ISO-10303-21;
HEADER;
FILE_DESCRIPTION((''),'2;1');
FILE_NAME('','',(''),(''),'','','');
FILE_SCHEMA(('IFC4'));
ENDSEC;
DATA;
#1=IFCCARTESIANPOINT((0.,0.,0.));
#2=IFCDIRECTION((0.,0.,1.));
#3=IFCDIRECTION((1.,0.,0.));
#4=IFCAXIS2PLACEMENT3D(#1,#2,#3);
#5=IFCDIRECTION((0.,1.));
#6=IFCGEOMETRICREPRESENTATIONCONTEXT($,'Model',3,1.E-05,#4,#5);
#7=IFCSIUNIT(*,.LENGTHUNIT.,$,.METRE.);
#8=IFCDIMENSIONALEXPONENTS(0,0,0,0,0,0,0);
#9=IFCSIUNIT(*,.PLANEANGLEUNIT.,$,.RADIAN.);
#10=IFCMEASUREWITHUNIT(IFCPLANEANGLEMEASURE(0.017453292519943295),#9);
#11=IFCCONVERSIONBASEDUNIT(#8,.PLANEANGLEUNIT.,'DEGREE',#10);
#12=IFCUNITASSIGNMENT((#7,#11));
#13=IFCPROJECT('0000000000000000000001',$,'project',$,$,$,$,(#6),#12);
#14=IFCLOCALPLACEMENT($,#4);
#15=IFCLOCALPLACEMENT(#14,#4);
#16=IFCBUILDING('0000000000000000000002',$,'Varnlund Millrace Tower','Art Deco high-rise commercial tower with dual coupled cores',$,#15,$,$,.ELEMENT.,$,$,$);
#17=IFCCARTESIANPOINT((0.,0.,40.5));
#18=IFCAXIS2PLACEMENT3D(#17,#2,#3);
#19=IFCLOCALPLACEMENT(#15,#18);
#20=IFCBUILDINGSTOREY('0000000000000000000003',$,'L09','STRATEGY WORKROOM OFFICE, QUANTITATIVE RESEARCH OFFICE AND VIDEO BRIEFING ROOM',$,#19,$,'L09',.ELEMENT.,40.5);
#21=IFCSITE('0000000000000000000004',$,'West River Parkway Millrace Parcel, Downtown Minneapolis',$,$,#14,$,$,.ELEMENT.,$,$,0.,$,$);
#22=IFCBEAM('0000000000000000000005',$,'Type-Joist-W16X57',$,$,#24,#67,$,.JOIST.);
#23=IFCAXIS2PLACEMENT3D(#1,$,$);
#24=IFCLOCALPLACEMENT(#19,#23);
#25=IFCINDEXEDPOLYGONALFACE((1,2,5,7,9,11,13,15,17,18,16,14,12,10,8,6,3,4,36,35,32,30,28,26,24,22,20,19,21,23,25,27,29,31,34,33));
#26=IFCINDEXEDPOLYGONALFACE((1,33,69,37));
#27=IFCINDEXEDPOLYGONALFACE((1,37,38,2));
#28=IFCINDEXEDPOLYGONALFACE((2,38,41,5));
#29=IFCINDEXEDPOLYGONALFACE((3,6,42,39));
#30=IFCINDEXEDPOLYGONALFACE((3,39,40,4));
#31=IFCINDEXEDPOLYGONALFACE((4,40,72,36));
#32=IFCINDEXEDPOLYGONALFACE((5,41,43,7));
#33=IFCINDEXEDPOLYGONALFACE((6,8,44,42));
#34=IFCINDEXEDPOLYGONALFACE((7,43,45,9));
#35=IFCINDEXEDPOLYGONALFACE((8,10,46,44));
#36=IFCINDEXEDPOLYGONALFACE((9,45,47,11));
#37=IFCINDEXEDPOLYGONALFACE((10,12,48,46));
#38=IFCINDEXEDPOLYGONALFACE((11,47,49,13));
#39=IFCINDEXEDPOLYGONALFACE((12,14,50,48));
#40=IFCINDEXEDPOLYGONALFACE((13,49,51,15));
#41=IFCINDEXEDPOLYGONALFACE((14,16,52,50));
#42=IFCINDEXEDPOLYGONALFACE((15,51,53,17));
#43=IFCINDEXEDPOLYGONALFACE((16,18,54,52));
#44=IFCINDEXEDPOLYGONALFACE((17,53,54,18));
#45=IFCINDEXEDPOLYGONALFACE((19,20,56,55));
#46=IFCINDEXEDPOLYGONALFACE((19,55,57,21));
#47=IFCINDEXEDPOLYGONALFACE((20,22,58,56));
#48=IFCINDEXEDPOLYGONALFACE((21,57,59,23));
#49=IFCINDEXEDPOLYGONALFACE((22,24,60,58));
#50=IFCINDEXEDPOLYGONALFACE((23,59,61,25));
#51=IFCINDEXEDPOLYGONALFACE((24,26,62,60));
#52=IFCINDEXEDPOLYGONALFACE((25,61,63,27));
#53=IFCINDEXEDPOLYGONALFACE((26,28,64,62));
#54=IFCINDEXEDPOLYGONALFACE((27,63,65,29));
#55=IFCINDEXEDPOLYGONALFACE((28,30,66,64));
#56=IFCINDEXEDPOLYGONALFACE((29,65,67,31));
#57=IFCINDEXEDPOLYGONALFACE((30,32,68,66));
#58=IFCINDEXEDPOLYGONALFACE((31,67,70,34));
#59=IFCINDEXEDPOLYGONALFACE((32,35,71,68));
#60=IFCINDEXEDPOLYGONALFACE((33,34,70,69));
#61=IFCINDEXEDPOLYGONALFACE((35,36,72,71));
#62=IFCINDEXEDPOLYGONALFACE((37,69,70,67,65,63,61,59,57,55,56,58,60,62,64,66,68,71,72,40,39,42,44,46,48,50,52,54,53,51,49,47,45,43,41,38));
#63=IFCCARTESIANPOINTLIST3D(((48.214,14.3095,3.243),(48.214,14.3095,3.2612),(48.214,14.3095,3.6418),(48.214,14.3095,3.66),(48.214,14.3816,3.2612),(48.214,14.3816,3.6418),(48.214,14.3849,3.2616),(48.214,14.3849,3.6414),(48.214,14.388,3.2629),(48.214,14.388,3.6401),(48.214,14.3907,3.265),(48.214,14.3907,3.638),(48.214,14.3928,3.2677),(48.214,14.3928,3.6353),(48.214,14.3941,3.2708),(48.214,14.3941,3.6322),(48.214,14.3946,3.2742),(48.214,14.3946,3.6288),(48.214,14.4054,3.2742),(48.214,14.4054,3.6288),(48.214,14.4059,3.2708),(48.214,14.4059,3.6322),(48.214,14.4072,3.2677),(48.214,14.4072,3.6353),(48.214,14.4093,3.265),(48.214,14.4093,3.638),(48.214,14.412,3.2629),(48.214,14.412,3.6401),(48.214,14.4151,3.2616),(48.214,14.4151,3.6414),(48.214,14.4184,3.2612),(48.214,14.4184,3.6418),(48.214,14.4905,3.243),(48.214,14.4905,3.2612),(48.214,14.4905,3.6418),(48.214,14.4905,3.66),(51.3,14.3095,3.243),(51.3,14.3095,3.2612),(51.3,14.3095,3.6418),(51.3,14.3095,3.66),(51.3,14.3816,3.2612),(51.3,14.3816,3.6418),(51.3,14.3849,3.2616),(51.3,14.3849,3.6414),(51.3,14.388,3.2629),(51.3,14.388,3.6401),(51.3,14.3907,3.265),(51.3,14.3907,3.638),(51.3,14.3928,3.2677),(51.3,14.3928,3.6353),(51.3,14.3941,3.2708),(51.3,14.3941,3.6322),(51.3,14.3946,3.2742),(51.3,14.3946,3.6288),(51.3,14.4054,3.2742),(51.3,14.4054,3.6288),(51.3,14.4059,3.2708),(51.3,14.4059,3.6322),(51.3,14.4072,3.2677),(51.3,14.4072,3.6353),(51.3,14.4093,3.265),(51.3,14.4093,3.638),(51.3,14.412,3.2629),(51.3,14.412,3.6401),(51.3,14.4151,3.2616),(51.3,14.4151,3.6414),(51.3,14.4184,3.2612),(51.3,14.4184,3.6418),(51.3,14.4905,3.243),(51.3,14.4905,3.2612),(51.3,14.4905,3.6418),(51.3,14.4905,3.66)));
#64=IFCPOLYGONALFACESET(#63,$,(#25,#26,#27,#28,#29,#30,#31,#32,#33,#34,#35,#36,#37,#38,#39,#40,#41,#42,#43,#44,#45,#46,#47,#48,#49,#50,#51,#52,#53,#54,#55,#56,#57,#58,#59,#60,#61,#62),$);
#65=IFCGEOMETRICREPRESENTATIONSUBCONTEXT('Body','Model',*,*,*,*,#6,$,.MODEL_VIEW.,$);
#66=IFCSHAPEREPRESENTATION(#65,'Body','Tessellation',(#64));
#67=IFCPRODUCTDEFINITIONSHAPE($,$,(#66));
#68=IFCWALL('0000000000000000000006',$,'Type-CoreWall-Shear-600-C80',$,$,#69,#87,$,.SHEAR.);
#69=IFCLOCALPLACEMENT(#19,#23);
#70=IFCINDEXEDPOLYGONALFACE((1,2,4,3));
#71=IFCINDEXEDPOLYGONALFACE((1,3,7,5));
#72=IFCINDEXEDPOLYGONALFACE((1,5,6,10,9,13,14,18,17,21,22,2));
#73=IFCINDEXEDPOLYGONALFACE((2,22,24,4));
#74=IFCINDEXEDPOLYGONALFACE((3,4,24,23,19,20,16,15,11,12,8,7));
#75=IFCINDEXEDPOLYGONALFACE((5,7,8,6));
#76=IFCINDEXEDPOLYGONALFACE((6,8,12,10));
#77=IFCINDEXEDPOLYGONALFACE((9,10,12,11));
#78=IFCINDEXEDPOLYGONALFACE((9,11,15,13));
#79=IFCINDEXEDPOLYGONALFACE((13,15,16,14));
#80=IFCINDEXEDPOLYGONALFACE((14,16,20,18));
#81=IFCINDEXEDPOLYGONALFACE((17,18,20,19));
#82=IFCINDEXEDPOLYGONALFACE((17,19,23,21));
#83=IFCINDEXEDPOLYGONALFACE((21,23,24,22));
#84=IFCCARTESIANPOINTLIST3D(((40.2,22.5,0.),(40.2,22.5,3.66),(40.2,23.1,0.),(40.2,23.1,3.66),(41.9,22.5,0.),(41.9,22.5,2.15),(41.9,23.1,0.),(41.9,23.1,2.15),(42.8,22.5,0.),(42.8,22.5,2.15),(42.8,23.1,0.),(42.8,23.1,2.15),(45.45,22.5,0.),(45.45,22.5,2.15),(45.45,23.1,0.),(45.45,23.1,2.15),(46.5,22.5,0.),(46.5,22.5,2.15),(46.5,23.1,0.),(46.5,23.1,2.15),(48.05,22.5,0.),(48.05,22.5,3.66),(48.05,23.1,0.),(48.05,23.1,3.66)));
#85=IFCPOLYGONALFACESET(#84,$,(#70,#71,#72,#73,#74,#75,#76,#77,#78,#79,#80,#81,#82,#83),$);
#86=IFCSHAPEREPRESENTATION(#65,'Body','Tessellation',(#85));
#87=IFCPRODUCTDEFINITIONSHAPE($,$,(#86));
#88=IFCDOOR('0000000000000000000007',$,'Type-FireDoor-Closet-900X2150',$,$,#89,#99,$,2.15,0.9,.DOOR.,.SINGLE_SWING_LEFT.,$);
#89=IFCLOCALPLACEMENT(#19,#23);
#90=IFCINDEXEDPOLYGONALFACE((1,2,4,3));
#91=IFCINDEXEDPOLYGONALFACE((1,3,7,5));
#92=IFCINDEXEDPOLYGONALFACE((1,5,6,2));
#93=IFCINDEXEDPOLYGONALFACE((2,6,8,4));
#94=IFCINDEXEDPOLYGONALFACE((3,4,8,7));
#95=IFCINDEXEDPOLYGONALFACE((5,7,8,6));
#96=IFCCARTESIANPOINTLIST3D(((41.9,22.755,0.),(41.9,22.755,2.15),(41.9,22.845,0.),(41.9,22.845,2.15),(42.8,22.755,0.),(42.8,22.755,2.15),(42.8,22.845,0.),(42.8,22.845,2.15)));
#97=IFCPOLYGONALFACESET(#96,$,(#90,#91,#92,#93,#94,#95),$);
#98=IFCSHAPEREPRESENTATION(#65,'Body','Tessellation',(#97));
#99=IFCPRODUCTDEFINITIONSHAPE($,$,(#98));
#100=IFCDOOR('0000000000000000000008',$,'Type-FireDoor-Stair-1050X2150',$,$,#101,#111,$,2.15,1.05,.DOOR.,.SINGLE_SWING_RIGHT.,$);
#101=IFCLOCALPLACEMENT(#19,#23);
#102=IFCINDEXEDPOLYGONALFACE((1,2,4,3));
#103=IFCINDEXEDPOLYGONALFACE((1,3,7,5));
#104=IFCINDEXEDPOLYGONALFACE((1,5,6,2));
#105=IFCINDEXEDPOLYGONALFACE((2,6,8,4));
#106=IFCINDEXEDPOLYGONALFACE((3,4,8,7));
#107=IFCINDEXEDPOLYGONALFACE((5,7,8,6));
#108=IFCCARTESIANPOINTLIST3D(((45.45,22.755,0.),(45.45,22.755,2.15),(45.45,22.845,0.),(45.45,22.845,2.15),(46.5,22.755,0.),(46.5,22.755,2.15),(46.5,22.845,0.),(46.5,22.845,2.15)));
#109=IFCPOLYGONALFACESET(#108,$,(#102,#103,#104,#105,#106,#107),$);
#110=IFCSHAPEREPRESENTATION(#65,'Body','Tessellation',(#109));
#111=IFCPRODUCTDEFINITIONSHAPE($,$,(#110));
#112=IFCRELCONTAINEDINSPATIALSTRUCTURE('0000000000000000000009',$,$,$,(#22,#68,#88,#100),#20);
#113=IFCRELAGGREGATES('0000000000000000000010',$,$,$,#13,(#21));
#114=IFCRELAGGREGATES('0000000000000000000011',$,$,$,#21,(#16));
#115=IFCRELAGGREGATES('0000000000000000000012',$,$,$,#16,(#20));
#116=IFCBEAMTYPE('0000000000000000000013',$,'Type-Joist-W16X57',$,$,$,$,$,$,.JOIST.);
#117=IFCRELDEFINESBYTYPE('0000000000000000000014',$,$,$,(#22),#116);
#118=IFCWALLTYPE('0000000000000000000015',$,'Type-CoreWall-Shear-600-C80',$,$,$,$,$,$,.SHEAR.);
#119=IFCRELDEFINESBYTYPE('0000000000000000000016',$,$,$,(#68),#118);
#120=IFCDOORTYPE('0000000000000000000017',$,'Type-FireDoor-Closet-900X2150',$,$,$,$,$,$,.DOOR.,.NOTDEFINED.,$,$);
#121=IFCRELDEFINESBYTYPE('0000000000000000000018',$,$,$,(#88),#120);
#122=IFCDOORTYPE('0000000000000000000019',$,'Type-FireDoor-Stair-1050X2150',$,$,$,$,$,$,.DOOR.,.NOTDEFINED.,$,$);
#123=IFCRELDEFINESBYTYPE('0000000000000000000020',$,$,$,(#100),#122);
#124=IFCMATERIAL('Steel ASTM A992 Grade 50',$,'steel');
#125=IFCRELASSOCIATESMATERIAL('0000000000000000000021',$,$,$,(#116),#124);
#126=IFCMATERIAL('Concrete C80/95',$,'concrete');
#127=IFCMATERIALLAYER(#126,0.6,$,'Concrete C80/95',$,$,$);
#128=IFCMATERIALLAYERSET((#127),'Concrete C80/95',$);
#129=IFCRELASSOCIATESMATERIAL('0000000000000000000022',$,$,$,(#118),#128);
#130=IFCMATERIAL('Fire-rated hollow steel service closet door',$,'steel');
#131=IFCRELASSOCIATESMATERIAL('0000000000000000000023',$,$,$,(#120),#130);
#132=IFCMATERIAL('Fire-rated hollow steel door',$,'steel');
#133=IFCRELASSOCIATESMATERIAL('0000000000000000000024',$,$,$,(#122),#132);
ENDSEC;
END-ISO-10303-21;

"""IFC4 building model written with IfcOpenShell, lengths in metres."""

from ifc_helpers import new_model, entity, si_unit, converted_unit, direction, frame, origin_with_axes, origin_2d_with_axis, place, context, subcontext, project, spatial, polyline, rectangle, i_section, outline, extrude, material, layer, layer_set, material_profile, profile_set, type_object, element, fill, save


model = new_model("IFC4")

# Units and contexts
model_context = context("Model", 3, precision=1e-05, world=origin_with_axes(), true_north=direction((0.0, 1.0)))
body_context = subcontext(model_context, "Body", "Model", "MODEL_VIEW")
ifc_project = project(units=[si_unit("LENGTHUNIT", "METRE"), converted_unit("PLANEANGLEUNIT", "DEGREE", entity("IfcPlaneAngleMeasure", 0.017453292519943295), si_unit("PLANEANGLEUNIT", "RADIAN"), dimensions=[0, 0, 0, 0, 0, 0, 0])], contexts=[model_context])

# Site, building, storey
site_placement = place(None, origin_with_axes())
site = spatial("IfcSite", under=ifc_project, at=site_placement, Name="West River Parkway Millrace Parcel, Downtown Minneapolis", CompositionType="ELEMENT", RefElevation=0.0)
building_placement = place(site_placement, origin_with_axes())
building = spatial("IfcBuilding", under=site, at=building_placement, Name="Varnlund Millrace Tower", Description="Art Deco high-rise commercial tower with dual coupled cores", CompositionType="ELEMENT")
storey_placement = place(building_placement, frame((0.0, 0.0, 40.5), z_axis=(0.0, 0.0, 1.0), x_axis=(1.0, 0.0, 0.0)))
storey = spatial("IfcBuildingStorey", under=building, at=storey_placement, Name="L09", Description="STRATEGY WORKROOM OFFICE, QUANTITATIVE RESEARCH OFFICE AND VIDEO BRIEFING ROOM", LongName="L09", CompositionType="ELEMENT", Elevation=40.5)

# Shared definitions
ifc_material_1 = material(Name="Concrete C80/95", Category="concrete")

# Beam
ifc_material_2 = material(Name="Steel ASTM A992 Grade 50", Category="steel")
ifc_material_profile_1 = material_profile(ifc_material_2, i_section(OverallWidth=0.181, OverallDepth=0.417, WebThickness=0.0109, FlangeThickness=0.0182, FilletRadius=0.013, at=origin_2d_with_axis()), Name="Steel ASTM A992 Grade 50")
ifc_profile_set_1 = profile_set([ifc_material_profile_1], Name="Steel ASTM A992 Grade 50")
beam_type_1 = type_object("IfcBeamType", Name="Type-Joist-W16X57", PredefinedType="JOIST", material=ifc_profile_set_1)
beam_1_placement = place(storey_placement, frame((48.214, 14.4, 3.4515), z_axis=(1.0, 0.0, 0.0), x_axis=(0.0, 1.0, 0.0)))
element("IfcBeam", 1, at=beam_1_placement, inside=storey, type_object=beam_type_1, Name="Type-Joist-W16X57", PredefinedType="JOIST", context=body_context, shape_type="SweptSolid", body=[
    extrude(i_section(OverallWidth=0.181, OverallDepth=0.417, WebThickness=0.0109, FlangeThickness=0.0182, FilletRadius=0.013, at=origin_2d_with_axis()), origin_with_axes(), (0.0, 0.0, 1.0), 3.086),
])

# Wall, openings, doors
ifc_layer_1 = layer(ifc_material_1, 0.6, Name="Concrete C80/95")
ifc_layer_set_1 = layer_set([ifc_layer_1], Name="Concrete C80/95")
wall_type_1 = type_object("IfcWallType", Name="Type-CoreWall-Shear-600-C80", PredefinedType="SHEAR", material=ifc_layer_set_1)
wall_1_placement = place(storey_placement, frame((40.2, 22.8, 0.0), z_axis=(0.0, 0.0, 1.0), x_axis=(1.0, 0.0, 0.0)))
wall_1 = element("IfcWall", 2, at=wall_1_placement, inside=storey, type_object=wall_type_1, Name="Type-CoreWall-Shear-600-C80", PredefinedType="SHEAR", context=body_context, shape_type="SweptSolid", body=[
    extrude(outline(polyline([(0.0, -0.3), (7.85, -0.3), (7.85, 0.3), (0.0, 0.3), (0.0, -0.3)])), origin_with_axes(), (0.0, 0.0, 1.0), 3.66),
])
opening_1_placement = place(wall_1_placement, frame((5.775, 0.0, 0.0), z_axis=(0.0, 0.0, 1.0), x_axis=(1.0, 0.0, 0.0)))
opening_1 = element("IfcOpeningElement", 3, at=opening_1_placement, cuts=wall_1, PredefinedType="OPENING", context=body_context, shape_type="SweptSolid", body=[
    extrude(rectangle(XDim=1.05, YDim=0.62, at=origin_2d_with_axis()), origin_with_axes(), (0.0, 0.0, 1.0), 2.15),
])
opening_2_placement = place(wall_1_placement, frame((2.15, 0.0, 0.0), z_axis=(0.0, 0.0, 1.0), x_axis=(1.0, 0.0, 0.0)))
opening_2 = element("IfcOpeningElement", 4, at=opening_2_placement, cuts=wall_1, PredefinedType="OPENING", context=body_context, shape_type="SweptSolid", body=[
    extrude(rectangle(XDim=0.9, YDim=0.62, at=origin_2d_with_axis()), origin_with_axes(), (0.0, 0.0, 1.0), 2.15),
])
ifc_material_3 = material(Name="Fire-rated hollow steel service closet door", Category="steel")
door_type_1 = type_object("IfcDoorType", Name="Type-FireDoor-Closet-900X2150", OperationType="NOTDEFINED", PredefinedType="DOOR", material=ifc_material_3)
door_1_placement = place(wall_1_placement, frame((2.15, 0.0, 0.0), z_axis=(0.0, 0.0, 1.0), x_axis=(1.0, 0.0, 0.0)))
door_1 = element("IfcDoor", 5, at=door_1_placement, inside=storey, type_object=door_type_1, Name="Type-FireDoor-Closet-900X2150", OperationType="SINGLE_SWING_LEFT", OverallHeight=2.15, OverallWidth=0.9, PredefinedType="DOOR", context=body_context, shape_type="SweptSolid", body=[
    extrude(rectangle(XDim=0.9, YDim=0.09, at=origin_2d_with_axis()), origin_with_axes(), (0.0, 0.0, 1.0), 2.15),
])
fill(opening_2, door_1)
ifc_material_4 = material(Name="Fire-rated hollow steel door", Category="steel")
door_type_2 = type_object("IfcDoorType", Name="Type-FireDoor-Stair-1050X2150", OperationType="NOTDEFINED", PredefinedType="DOOR", material=ifc_material_4)
door_2_placement = place(wall_1_placement, frame((5.775, 0.0, 0.0), z_axis=(0.0, 0.0, 1.0), x_axis=(1.0, 0.0, 0.0)))
door_2 = element("IfcDoor", 6, at=door_2_placement, inside=storey, type_object=door_type_2, Name="Type-FireDoor-Stair-1050X2150", OperationType="SINGLE_SWING_RIGHT", OverallHeight=2.15, OverallWidth=1.05, PredefinedType="DOOR", context=body_context, shape_type="SweptSolid", body=[
    extrude(rectangle(XDim=1.05, YDim=0.09, at=origin_2d_with_axis()), origin_with_axes(), (0.0, 0.0, 1.0), 2.15),
])
fill(opening_1, door_2)

save(model, "model.ifc")
